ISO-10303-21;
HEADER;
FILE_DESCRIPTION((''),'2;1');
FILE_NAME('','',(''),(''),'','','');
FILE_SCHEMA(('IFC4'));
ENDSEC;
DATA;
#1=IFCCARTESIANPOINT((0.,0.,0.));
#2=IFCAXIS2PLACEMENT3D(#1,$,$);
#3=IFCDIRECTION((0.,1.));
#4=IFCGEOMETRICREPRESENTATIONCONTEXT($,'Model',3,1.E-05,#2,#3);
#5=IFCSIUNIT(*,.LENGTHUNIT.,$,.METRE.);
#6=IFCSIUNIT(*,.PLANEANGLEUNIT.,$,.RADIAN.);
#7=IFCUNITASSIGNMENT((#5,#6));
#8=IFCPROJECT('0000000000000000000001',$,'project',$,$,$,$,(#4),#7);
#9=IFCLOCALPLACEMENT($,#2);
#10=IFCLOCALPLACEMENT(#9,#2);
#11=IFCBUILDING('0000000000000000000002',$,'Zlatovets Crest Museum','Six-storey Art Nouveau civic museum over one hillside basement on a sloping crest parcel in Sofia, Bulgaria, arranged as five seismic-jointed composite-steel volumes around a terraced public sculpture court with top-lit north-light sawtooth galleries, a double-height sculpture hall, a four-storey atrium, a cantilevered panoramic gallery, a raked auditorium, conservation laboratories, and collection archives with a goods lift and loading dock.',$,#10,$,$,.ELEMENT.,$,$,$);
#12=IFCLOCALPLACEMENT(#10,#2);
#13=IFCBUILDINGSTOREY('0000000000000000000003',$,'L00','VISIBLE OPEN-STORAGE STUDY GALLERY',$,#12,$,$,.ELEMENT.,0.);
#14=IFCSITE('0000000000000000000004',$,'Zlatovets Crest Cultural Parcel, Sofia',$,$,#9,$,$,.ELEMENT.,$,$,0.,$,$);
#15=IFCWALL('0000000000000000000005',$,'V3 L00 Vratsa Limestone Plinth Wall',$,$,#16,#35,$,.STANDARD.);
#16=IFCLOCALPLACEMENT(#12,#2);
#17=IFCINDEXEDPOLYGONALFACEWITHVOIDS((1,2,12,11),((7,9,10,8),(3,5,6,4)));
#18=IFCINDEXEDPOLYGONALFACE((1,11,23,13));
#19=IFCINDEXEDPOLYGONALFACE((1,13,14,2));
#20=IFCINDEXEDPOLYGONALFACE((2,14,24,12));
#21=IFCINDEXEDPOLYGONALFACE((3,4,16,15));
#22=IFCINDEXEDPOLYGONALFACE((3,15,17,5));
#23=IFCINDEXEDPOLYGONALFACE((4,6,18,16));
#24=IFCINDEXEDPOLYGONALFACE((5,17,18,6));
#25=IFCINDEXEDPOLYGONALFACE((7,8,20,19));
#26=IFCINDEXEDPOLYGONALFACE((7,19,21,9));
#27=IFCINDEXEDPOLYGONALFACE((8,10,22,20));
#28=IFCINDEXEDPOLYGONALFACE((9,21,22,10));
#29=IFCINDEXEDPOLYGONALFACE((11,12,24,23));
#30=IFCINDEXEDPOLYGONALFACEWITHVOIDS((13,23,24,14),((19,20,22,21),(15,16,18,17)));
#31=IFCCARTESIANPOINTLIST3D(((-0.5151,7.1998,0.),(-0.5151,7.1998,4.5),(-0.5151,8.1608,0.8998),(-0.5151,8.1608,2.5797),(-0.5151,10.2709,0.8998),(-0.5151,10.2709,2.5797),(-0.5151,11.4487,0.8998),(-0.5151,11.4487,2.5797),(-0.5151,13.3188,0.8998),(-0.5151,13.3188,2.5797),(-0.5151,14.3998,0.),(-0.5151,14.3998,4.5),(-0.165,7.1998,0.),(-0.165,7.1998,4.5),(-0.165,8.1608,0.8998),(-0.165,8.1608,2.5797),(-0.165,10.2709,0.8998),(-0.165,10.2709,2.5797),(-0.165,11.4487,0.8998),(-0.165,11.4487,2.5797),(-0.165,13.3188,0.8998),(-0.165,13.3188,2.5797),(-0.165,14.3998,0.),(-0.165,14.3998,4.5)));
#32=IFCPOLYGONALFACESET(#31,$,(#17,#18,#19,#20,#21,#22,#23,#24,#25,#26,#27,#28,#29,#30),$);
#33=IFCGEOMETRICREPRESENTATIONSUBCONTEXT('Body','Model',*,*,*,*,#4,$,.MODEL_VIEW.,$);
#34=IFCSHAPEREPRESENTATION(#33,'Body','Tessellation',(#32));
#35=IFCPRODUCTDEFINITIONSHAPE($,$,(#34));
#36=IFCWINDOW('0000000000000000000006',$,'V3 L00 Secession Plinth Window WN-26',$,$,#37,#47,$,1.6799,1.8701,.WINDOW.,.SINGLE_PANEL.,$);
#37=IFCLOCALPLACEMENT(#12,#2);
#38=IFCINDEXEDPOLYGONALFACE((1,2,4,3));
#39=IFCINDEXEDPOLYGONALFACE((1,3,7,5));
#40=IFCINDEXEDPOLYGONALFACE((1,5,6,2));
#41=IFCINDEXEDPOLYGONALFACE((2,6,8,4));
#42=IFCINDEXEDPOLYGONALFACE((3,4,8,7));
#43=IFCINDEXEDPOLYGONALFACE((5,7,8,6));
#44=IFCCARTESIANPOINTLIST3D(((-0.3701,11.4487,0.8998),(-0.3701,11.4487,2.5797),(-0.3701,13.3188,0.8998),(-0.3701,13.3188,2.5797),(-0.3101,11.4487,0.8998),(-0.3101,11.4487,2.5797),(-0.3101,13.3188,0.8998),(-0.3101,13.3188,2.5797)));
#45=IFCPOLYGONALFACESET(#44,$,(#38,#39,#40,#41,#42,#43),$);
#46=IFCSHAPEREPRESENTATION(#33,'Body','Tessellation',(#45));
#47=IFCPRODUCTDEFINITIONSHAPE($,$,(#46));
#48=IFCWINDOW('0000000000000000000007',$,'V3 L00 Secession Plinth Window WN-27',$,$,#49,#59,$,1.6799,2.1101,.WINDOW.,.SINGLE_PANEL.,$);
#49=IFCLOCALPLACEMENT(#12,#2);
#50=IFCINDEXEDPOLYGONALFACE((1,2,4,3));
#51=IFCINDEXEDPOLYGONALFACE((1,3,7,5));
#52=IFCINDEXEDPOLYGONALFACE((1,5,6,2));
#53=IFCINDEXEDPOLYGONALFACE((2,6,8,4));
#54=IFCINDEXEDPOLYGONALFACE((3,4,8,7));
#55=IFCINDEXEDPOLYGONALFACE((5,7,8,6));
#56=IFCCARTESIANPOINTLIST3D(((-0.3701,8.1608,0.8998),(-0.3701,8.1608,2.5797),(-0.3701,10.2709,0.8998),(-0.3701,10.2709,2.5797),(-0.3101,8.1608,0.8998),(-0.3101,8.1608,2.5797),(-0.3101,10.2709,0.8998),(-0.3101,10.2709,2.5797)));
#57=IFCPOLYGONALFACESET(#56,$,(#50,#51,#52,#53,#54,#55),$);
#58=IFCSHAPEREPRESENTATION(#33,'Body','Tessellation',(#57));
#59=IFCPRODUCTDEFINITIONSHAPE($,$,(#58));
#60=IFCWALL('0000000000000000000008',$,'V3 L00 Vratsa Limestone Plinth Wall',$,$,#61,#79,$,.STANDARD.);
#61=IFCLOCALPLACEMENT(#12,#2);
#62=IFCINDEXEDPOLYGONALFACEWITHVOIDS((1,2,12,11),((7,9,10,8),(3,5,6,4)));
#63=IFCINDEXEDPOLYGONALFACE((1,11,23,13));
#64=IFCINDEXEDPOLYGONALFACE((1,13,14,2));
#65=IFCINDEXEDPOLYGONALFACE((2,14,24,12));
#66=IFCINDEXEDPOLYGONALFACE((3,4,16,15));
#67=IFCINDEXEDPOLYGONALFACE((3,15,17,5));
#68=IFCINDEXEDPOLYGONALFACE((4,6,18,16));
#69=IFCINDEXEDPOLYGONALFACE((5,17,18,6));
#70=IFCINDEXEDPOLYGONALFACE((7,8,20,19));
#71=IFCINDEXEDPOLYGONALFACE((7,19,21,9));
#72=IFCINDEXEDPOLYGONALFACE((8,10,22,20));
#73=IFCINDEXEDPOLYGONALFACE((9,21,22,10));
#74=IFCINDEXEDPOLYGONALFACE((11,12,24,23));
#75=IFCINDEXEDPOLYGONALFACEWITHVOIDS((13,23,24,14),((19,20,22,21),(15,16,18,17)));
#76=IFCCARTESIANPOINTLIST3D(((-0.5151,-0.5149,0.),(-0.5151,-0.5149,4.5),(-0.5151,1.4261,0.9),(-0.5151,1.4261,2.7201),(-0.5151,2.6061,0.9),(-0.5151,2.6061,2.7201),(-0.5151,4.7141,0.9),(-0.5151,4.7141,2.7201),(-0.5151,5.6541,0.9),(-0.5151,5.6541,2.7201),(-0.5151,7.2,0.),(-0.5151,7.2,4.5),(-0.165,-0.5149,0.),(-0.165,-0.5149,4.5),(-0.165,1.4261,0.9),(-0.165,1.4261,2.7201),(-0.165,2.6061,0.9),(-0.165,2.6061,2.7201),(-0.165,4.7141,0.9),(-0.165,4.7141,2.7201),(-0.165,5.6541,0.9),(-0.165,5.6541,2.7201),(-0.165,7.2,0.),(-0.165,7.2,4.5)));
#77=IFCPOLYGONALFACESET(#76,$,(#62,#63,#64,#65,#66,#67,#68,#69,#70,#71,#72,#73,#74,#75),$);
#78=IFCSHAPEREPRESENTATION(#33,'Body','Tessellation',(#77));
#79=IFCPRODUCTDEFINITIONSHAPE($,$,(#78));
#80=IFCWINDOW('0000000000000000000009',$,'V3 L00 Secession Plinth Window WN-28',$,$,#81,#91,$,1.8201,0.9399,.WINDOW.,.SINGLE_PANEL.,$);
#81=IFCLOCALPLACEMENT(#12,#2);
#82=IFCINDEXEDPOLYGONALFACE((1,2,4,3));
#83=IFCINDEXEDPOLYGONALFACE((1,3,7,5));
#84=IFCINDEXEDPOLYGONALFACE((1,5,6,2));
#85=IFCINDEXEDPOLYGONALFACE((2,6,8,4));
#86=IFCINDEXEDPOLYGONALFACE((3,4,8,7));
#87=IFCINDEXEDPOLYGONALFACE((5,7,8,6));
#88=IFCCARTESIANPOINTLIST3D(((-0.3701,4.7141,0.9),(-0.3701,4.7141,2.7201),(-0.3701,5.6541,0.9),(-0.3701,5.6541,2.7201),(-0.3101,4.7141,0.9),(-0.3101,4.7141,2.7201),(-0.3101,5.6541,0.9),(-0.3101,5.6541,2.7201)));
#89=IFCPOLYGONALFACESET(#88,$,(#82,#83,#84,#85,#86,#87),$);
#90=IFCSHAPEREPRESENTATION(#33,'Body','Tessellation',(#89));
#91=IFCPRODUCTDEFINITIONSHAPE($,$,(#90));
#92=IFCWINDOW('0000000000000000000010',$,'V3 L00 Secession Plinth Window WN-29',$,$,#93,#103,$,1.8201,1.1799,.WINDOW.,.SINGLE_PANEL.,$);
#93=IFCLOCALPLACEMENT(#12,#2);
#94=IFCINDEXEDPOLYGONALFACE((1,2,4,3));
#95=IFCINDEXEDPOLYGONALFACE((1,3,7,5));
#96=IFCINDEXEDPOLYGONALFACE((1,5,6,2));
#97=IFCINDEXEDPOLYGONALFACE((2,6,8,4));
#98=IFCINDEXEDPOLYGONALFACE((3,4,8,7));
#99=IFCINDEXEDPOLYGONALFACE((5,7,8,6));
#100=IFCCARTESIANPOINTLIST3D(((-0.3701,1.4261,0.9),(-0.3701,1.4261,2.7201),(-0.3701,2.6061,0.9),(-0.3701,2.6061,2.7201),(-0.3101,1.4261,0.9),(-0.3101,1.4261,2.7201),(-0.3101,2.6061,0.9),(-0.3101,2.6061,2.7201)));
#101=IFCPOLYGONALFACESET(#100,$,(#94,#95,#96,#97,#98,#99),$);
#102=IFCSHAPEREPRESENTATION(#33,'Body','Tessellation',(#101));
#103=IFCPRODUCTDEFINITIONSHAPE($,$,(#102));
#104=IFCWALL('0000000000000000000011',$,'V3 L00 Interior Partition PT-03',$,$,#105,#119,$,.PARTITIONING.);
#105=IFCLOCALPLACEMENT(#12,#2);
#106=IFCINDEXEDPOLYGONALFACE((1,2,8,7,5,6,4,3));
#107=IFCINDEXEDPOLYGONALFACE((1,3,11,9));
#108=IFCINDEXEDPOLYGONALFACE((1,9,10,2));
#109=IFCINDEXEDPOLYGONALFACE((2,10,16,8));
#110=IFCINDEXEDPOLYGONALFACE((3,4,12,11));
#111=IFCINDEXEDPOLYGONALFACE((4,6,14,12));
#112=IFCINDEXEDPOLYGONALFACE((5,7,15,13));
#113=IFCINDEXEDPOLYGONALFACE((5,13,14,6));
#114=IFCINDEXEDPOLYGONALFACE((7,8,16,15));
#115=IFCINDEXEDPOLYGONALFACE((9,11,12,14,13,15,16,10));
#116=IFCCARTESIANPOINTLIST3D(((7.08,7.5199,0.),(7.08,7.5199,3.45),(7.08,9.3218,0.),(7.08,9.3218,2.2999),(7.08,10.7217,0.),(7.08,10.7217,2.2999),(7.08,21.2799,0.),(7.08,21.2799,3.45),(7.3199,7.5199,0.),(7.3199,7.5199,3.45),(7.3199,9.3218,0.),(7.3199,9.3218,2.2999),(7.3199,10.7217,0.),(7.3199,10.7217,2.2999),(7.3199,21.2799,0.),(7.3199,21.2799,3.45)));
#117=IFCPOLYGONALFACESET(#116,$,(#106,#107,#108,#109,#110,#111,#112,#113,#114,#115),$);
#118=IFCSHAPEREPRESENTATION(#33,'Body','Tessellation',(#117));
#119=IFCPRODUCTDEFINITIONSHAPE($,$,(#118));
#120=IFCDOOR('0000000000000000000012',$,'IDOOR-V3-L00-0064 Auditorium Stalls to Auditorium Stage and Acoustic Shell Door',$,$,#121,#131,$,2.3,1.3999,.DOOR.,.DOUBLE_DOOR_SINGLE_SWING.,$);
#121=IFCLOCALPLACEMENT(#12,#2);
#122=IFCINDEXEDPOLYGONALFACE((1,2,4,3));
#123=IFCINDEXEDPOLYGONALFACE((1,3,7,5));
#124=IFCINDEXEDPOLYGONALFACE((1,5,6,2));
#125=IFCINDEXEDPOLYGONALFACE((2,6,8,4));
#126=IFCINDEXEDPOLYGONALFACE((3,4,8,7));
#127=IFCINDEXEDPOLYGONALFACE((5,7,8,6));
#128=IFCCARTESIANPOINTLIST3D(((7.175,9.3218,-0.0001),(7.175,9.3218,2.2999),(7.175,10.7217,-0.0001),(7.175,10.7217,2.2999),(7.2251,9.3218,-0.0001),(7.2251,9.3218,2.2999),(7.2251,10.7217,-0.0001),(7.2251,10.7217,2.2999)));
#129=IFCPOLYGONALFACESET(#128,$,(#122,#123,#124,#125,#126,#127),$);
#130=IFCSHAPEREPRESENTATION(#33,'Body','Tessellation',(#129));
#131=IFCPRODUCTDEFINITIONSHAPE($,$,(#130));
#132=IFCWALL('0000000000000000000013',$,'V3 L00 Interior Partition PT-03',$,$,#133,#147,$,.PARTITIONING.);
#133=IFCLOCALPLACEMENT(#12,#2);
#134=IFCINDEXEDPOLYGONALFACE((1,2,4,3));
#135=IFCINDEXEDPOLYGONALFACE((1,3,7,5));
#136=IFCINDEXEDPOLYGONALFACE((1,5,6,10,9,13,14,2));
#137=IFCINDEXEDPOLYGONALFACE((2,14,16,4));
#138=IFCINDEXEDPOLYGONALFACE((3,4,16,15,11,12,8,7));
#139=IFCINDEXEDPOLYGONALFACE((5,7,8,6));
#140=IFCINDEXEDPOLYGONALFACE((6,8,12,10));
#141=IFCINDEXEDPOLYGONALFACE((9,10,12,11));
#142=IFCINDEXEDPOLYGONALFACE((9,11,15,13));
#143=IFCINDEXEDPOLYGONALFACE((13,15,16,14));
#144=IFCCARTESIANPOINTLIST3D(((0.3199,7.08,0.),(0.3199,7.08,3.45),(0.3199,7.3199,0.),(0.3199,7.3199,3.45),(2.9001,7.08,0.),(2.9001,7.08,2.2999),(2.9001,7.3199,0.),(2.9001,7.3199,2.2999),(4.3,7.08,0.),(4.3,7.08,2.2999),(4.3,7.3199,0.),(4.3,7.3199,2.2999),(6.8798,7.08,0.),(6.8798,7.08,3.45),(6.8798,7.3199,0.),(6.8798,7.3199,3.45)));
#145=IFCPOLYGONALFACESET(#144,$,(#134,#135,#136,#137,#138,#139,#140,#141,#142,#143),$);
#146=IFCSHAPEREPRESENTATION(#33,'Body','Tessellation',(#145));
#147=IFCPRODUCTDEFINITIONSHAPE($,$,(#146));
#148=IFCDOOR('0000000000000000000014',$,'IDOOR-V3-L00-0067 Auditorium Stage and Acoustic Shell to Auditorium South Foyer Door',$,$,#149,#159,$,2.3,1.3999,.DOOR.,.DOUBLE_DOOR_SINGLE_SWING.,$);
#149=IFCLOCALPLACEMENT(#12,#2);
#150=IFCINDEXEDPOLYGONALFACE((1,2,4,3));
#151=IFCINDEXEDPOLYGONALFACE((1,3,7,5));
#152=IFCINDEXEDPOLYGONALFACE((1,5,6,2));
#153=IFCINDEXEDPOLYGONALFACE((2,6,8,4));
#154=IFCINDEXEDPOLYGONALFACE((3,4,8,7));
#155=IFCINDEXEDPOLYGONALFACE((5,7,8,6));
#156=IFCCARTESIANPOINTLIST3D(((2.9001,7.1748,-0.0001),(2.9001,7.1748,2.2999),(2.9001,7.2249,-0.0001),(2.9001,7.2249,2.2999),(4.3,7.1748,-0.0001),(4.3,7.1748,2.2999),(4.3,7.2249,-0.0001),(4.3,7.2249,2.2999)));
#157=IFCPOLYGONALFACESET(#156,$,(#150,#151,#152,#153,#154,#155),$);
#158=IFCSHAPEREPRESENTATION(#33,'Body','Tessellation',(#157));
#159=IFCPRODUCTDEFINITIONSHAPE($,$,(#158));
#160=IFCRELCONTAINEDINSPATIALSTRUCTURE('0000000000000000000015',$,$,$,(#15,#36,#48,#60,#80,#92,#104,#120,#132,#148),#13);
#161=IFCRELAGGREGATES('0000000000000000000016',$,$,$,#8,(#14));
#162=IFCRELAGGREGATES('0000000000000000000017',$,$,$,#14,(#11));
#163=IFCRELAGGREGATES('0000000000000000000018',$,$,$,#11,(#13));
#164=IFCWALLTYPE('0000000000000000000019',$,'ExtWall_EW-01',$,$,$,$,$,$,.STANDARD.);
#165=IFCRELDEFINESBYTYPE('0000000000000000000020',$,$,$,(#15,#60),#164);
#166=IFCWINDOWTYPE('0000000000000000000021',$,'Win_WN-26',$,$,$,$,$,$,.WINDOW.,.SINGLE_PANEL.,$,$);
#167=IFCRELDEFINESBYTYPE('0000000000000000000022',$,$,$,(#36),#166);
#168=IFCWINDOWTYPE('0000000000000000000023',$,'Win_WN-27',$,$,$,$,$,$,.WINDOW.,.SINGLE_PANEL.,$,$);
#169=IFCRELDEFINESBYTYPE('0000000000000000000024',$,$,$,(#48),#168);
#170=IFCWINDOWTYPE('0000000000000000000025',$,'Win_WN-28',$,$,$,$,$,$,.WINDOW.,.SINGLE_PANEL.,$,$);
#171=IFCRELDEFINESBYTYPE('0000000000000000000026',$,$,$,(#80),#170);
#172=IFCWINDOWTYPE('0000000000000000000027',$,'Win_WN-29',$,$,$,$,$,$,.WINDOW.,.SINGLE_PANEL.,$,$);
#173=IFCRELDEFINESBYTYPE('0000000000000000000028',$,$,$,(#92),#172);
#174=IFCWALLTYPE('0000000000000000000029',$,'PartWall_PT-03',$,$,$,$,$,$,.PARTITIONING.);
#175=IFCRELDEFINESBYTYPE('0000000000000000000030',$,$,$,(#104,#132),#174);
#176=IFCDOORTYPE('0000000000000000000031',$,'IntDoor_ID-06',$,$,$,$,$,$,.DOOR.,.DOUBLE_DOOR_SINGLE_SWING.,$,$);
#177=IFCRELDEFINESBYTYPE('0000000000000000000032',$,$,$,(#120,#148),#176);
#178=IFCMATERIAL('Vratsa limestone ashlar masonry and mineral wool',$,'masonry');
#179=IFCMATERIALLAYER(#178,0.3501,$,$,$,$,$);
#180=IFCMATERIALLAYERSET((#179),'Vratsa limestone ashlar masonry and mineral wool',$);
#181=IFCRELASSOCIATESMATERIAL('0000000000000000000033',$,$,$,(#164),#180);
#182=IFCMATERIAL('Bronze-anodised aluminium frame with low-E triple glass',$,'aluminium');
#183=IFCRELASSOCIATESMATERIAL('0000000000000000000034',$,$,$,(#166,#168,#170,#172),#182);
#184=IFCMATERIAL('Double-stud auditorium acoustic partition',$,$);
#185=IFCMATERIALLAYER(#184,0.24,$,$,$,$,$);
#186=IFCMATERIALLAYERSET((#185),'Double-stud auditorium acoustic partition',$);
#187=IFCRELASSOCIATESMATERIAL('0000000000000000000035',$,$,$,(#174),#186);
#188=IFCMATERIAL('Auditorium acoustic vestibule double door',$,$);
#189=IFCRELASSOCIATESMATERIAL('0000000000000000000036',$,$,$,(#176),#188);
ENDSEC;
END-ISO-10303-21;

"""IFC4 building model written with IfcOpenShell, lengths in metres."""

from ifc_helpers import new_model, si_unit, direction, frame, frame_2d, origin, place, context, subcontext, project, spatial, rectangle, extrude, material, layer, layer_set, type_object, element, fill, save


model = new_model("IFC4")

# Units and contexts
model_context = context("Model", 3, precision=1e-05, world=origin(), true_north=direction((0.0, 1.0)))
body_context = subcontext(model_context, "Body", "Model", "MODEL_VIEW")
ifc_project = project(units=[si_unit("LENGTHUNIT", "METRE"), si_unit("PLANEANGLEUNIT", "RADIAN")], contexts=[model_context])

# Site, building, storey
site_placement = place(None, origin())
site = spatial("IfcSite", under=ifc_project, at=site_placement, Name="Zlatovets Crest Cultural Parcel, Sofia", CompositionType="ELEMENT", RefElevation=0.0)
building_placement = place(site_placement, origin())
building = spatial("IfcBuilding", under=site, at=building_placement, Name="Zlatovets Crest Museum", Description="Six-storey Art Nouveau civic museum over one hillside basement on a sloping crest parcel in Sofia, Bulgaria, arranged as five seismic-jointed composite-steel volumes around a terraced public sculpture court with top-lit north-light sawtooth galleries, a double-height sculpture hall, a four-storey atrium, a cantilevered panoramic gallery, a raked auditorium, conservation laboratories, and collection archives with a goods lift and loading dock.", CompositionType="ELEMENT")
storey_placement = place(building_placement, origin())
storey = spatial("IfcBuildingStorey", under=building, at=storey_placement, Name="L00", Description="VISIBLE OPEN-STORAGE STUDY GALLERY", CompositionType="ELEMENT", Elevation=0.0)

# Walls, openings, windows
ifc_material_1 = material(Name="Vratsa limestone ashlar masonry and mineral wool", Category="masonry")
ifc_layer_1 = layer(ifc_material_1, 0.3501)
ifc_layer_set_1 = layer_set([ifc_layer_1], Name="Vratsa limestone ashlar masonry and mineral wool")
wall_type_1 = type_object("IfcWallType", Name="ExtWall_EW-01", PredefinedType="STANDARD", material=ifc_layer_set_1)
wall_1_placement = place(storey_placement, frame((-0.3401, 14.3999, 0.0), z_axis=(0.0, 0.0, 1.0), x_axis=(0.0, -1.0, 0.0)))
wall_1 = element("IfcWall", 1, at=wall_1_placement, inside=storey, type_object=wall_type_1, Name="V3 L00 Vratsa Limestone Plinth Wall", PredefinedType="STANDARD", context=body_context, shape_type="SweptSolid", body=[
    extrude(rectangle(XDim=7.2, YDim=0.3501, at=frame_2d((3.6001, 0.0))), origin(), (0.0, 0.0, 1.0), 4.5),
])
opening_1_placement = place(wall_1_placement, frame((1.0811, 0.0, 0.8999)))
opening_1 = element("IfcOpeningElement", 2, at=opening_1_placement, cuts=wall_1, PredefinedType="OPENING", context=body_context, shape_type="SweptSolid", body=[
    extrude(rectangle(XDim=1.8701, YDim=1.6799, at=frame_2d((0.9351, 0.8398))), frame((0.0, 0.1851, 0.0), z_axis=(0.0, -1.0, 0.0), x_axis=(1.0, 0.0, 0.0)), (0.0, 0.0, 1.0), 0.3701),
])
opening_2_placement = place(wall_1_placement, frame((4.1289, 0.0, 0.8999)))
opening_2 = element("IfcOpeningElement", 3, at=opening_2_placement, cuts=wall_1, PredefinedType="OPENING", context=body_context, shape_type="SweptSolid", body=[
    extrude(rectangle(XDim=2.1101, YDim=1.6799, at=frame_2d((1.0552, 0.8398))), frame((0.0, 0.1851, 0.0), z_axis=(0.0, -1.0, 0.0), x_axis=(1.0, 0.0, 0.0)), (0.0, 0.0, 1.0), 0.3701),
])
ifc_material_2 = material(Name="Bronze-anodised aluminium frame with low-E triple glass", Category="aluminium")
window_type_1 = type_object("IfcWindowType", Name="Win_WN-26", PartitioningType="SINGLE_PANEL", PredefinedType="WINDOW", material=ifc_material_2)
window_1_placement = place(opening_1_placement, origin())
window_1 = element("IfcWindow", 4, at=window_1_placement, inside=storey, type_object=window_type_1, Name="V3 L00 Secession Plinth Window WN-26", OverallHeight=1.6799, OverallWidth=1.8701, PartitioningType="SINGLE_PANEL", PredefinedType="WINDOW", context=body_context, shape_type="SweptSolid", body=[
    extrude(rectangle(XDim=1.8701, YDim=1.6799, at=frame_2d((0.9351, 0.8398))), frame((0.0, 0.03, 0.0), z_axis=(0.0, -1.0, 0.0), x_axis=(1.0, 0.0, 0.0)), (0.0, 0.0, 1.0), 0.0601),
])
fill(opening_1, window_1)
window_type_2 = type_object("IfcWindowType", Name="Win_WN-27", PartitioningType="SINGLE_PANEL", PredefinedType="WINDOW", material=ifc_material_2)
window_2_placement = place(opening_2_placement, origin())
window_2 = element("IfcWindow", 5, at=window_2_placement, inside=storey, type_object=window_type_2, Name="V3 L00 Secession Plinth Window WN-27", OverallHeight=1.6799, OverallWidth=2.1101, PartitioningType="SINGLE_PANEL", PredefinedType="WINDOW", context=body_context, shape_type="SweptSolid", body=[
    extrude(rectangle(XDim=2.1101, YDim=1.6799, at=frame_2d((1.0552, 0.8398))), frame((0.0, 0.03, 0.0), z_axis=(0.0, -1.0, 0.0), x_axis=(1.0, 0.0, 0.0)), (0.0, 0.0, 1.0), 0.0601),
])
fill(opening_2, window_2)
wall_2_placement = place(storey_placement, frame((-0.3401, 7.2, 0.0), z_axis=(0.0, 0.0, 1.0), x_axis=(0.0, -1.0, 0.0)))
wall_2 = element("IfcWall", 6, at=wall_2_placement, inside=storey, type_object=wall_type_1, Name="V3 L00 Vratsa Limestone Plinth Wall", PredefinedType="STANDARD", context=body_context, shape_type="SweptSolid", body=[
    extrude(rectangle(XDim=7.7148, YDim=0.3501, at=frame_2d((3.8574, 0.0))), origin(), (0.0, 0.0, 1.0), 4.5),
])
opening_3_placement = place(wall_2_placement, frame((1.5459, 0.0, 0.8999)))
opening_3 = element("IfcOpeningElement", 7, at=opening_3_placement, cuts=wall_2, PredefinedType="OPENING", context=body_context, shape_type="SweptSolid", body=[
    extrude(rectangle(XDim=0.9399, YDim=1.8201, at=frame_2d((0.47, 0.9102))), frame((0.0, 0.1851, 0.0), z_axis=(0.0, -1.0, 0.0), x_axis=(1.0, 0.0, 0.0)), (0.0, 0.0, 1.0), 0.3701),
])
opening_4_placement = place(wall_2_placement, frame((4.594, 0.0, 0.8999)))
opening_4 = element("IfcOpeningElement", 8, at=opening_4_placement, cuts=wall_2, PredefinedType="OPENING", context=body_context, shape_type="SweptSolid", body=[
    extrude(rectangle(XDim=1.1799, YDim=1.8201, at=frame_2d((0.5898, 0.9102))), frame((0.0, 0.1851, 0.0), z_axis=(0.0, -1.0, 0.0), x_axis=(1.0, 0.0, 0.0)), (0.0, 0.0, 1.0), 0.3701),
])
window_type_3 = type_object("IfcWindowType", Name="Win_WN-28", PartitioningType="SINGLE_PANEL", PredefinedType="WINDOW", material=ifc_material_2)
window_3_placement = place(opening_3_placement, origin())
window_3 = element("IfcWindow", 9, at=window_3_placement, inside=storey, type_object=window_type_3, Name="V3 L00 Secession Plinth Window WN-28", OverallHeight=1.8201, OverallWidth=0.9399, PartitioningType="SINGLE_PANEL", PredefinedType="WINDOW", context=body_context, shape_type="SweptSolid", body=[
    extrude(rectangle(XDim=0.9399, YDim=1.8201, at=frame_2d((0.47, 0.9102))), frame((0.0, 0.03, 0.0), z_axis=(0.0, -1.0, 0.0), x_axis=(1.0, 0.0, 0.0)), (0.0, 0.0, 1.0), 0.0601),
])
fill(opening_3, window_3)
window_type_4 = type_object("IfcWindowType", Name="Win_WN-29", PartitioningType="SINGLE_PANEL", PredefinedType="WINDOW", material=ifc_material_2)
window_4_placement = place(opening_4_placement, origin())
window_4 = element("IfcWindow", 10, at=window_4_placement, inside=storey, type_object=window_type_4, Name="V3 L00 Secession Plinth Window WN-29", OverallHeight=1.8201, OverallWidth=1.1799, PartitioningType="SINGLE_PANEL", PredefinedType="WINDOW", context=body_context, shape_type="SweptSolid", body=[
    extrude(rectangle(XDim=1.1799, YDim=1.8201, at=frame_2d((0.5898, 0.9102))), frame((0.0, 0.03, 0.0), z_axis=(0.0, -1.0, 0.0), x_axis=(1.0, 0.0, 0.0)), (0.0, 0.0, 1.0), 0.0601),
])
fill(opening_4, window_4)

# Walls, openings, doors
ifc_material_3 = material(Name="Double-stud auditorium acoustic partition")
ifc_layer_2 = layer(ifc_material_3, 0.24)
ifc_layer_set_2 = layer_set([ifc_layer_2], Name="Double-stud auditorium acoustic partition")
wall_type_2 = type_object("IfcWallType", Name="PartWall_PT-03", PredefinedType="PARTITIONING", material=ifc_layer_set_2)
wall_3_placement = place(storey_placement, frame((7.2, 7.52, 0.0), z_axis=(0.0, 0.0, 1.0), x_axis=(0.0, 1.0, 0.0)))
wall_3 = element("IfcWall", 11, at=wall_3_placement, inside=storey, type_object=wall_type_2, Name="V3 L00 Interior Partition PT-03", PredefinedType="PARTITIONING", context=body_context, shape_type="SweptSolid", body=[
    extrude(rectangle(XDim=13.76, YDim=0.24, at=frame_2d((6.8799, 0.0))), origin(), (0.0, 0.0, 1.0), 3.45),
])
opening_5_placement = place(wall_3_placement, frame((1.8018, 0.0, 0.0)))
opening_5 = element("IfcOpeningElement", 12, at=opening_5_placement, cuts=wall_3, PredefinedType="OPENING", context=body_context, shape_type="SweptSolid", body=[
    extrude(rectangle(XDim=1.3999, YDim=2.3, at=frame_2d((0.7, 1.1499))), frame((0.0, 0.1299, 0.0), z_axis=(0.0, -1.0, 0.0), x_axis=(1.0, 0.0, 0.0)), (0.0, 0.0, 1.0), 0.26),
])
ifc_material_4 = material(Name="Auditorium acoustic vestibule double door")
door_type = type_object("IfcDoorType", Name="IntDoor_ID-06", OperationType="DOUBLE_DOOR_SINGLE_SWING", PredefinedType="DOOR", material=ifc_material_4)
door_1_placement = place(opening_5_placement, origin())
door_1 = element("IfcDoor", 13, at=door_1_placement, inside=storey, type_object=door_type, Name="IDOOR-V3-L00-0064 Auditorium Stalls to Auditorium Stage and Acoustic Shell Door", OperationType="DOUBLE_DOOR_SINGLE_SWING", OverallHeight=2.3, OverallWidth=1.3999, PredefinedType="DOOR", context=body_context, shape_type="SweptSolid", body=[
    extrude(rectangle(XDim=1.3999, YDim=2.3, at=frame_2d((0.7, 1.1499))), frame((0.0, 0.0249, 0.0), z_axis=(0.0, -1.0, 0.0), x_axis=(1.0, 0.0, 0.0)), (0.0, 0.0, 1.0), 0.05),
])
fill(opening_5, door_1)
wall_4_placement = place(storey_placement, frame((0.3201, 7.2, 0.0), z_axis=(0.0, 0.0, 1.0), x_axis=(1.0, 0.0, 0.0)))
wall_4 = element("IfcWall", 14, at=wall_4_placement, inside=storey, type_object=wall_type_2, Name="V3 L00 Interior Partition PT-03", PredefinedType="PARTITIONING", context=body_context, shape_type="SweptSolid", body=[
    extrude(rectangle(XDim=6.5598, YDim=0.24, at=frame_2d((3.2798, 0.0))), origin(), (0.0, 0.0, 1.0), 3.45),
])
opening_6_placement = place(wall_4_placement, frame((2.5801, 0.0, 0.0)))
opening_6 = element("IfcOpeningElement", 15, at=opening_6_placement, cuts=wall_4, PredefinedType="OPENING", context=body_context, shape_type="SweptSolid", body=[
    extrude(rectangle(XDim=1.3999, YDim=2.3, at=frame_2d((0.7, 1.1499))), frame((0.0, 0.1299, 0.0), z_axis=(0.0, -1.0, 0.0), x_axis=(1.0, 0.0, 0.0)), (0.0, 0.0, 1.0), 0.26),
])
door_2_placement = place(opening_6_placement, origin())
door_2 = element("IfcDoor", 16, at=door_2_placement, inside=storey, type_object=door_type, Name="IDOOR-V3-L00-0067 Auditorium Stage and Acoustic Shell to Auditorium South Foyer Door", OperationType="DOUBLE_DOOR_SINGLE_SWING", OverallHeight=2.3, OverallWidth=1.3999, PredefinedType="DOOR", context=body_context, shape_type="SweptSolid", body=[
    extrude(rectangle(XDim=1.3999, YDim=2.3, at=frame_2d((0.7, 1.1499))), frame((0.0, 0.0249, 0.0), z_axis=(0.0, -1.0, 0.0), x_axis=(1.0, 0.0, 0.0)), (0.0, 0.0, 1.0), 0.05),
])
fill(opening_6, door_2)

save(model, "model.ifc")
